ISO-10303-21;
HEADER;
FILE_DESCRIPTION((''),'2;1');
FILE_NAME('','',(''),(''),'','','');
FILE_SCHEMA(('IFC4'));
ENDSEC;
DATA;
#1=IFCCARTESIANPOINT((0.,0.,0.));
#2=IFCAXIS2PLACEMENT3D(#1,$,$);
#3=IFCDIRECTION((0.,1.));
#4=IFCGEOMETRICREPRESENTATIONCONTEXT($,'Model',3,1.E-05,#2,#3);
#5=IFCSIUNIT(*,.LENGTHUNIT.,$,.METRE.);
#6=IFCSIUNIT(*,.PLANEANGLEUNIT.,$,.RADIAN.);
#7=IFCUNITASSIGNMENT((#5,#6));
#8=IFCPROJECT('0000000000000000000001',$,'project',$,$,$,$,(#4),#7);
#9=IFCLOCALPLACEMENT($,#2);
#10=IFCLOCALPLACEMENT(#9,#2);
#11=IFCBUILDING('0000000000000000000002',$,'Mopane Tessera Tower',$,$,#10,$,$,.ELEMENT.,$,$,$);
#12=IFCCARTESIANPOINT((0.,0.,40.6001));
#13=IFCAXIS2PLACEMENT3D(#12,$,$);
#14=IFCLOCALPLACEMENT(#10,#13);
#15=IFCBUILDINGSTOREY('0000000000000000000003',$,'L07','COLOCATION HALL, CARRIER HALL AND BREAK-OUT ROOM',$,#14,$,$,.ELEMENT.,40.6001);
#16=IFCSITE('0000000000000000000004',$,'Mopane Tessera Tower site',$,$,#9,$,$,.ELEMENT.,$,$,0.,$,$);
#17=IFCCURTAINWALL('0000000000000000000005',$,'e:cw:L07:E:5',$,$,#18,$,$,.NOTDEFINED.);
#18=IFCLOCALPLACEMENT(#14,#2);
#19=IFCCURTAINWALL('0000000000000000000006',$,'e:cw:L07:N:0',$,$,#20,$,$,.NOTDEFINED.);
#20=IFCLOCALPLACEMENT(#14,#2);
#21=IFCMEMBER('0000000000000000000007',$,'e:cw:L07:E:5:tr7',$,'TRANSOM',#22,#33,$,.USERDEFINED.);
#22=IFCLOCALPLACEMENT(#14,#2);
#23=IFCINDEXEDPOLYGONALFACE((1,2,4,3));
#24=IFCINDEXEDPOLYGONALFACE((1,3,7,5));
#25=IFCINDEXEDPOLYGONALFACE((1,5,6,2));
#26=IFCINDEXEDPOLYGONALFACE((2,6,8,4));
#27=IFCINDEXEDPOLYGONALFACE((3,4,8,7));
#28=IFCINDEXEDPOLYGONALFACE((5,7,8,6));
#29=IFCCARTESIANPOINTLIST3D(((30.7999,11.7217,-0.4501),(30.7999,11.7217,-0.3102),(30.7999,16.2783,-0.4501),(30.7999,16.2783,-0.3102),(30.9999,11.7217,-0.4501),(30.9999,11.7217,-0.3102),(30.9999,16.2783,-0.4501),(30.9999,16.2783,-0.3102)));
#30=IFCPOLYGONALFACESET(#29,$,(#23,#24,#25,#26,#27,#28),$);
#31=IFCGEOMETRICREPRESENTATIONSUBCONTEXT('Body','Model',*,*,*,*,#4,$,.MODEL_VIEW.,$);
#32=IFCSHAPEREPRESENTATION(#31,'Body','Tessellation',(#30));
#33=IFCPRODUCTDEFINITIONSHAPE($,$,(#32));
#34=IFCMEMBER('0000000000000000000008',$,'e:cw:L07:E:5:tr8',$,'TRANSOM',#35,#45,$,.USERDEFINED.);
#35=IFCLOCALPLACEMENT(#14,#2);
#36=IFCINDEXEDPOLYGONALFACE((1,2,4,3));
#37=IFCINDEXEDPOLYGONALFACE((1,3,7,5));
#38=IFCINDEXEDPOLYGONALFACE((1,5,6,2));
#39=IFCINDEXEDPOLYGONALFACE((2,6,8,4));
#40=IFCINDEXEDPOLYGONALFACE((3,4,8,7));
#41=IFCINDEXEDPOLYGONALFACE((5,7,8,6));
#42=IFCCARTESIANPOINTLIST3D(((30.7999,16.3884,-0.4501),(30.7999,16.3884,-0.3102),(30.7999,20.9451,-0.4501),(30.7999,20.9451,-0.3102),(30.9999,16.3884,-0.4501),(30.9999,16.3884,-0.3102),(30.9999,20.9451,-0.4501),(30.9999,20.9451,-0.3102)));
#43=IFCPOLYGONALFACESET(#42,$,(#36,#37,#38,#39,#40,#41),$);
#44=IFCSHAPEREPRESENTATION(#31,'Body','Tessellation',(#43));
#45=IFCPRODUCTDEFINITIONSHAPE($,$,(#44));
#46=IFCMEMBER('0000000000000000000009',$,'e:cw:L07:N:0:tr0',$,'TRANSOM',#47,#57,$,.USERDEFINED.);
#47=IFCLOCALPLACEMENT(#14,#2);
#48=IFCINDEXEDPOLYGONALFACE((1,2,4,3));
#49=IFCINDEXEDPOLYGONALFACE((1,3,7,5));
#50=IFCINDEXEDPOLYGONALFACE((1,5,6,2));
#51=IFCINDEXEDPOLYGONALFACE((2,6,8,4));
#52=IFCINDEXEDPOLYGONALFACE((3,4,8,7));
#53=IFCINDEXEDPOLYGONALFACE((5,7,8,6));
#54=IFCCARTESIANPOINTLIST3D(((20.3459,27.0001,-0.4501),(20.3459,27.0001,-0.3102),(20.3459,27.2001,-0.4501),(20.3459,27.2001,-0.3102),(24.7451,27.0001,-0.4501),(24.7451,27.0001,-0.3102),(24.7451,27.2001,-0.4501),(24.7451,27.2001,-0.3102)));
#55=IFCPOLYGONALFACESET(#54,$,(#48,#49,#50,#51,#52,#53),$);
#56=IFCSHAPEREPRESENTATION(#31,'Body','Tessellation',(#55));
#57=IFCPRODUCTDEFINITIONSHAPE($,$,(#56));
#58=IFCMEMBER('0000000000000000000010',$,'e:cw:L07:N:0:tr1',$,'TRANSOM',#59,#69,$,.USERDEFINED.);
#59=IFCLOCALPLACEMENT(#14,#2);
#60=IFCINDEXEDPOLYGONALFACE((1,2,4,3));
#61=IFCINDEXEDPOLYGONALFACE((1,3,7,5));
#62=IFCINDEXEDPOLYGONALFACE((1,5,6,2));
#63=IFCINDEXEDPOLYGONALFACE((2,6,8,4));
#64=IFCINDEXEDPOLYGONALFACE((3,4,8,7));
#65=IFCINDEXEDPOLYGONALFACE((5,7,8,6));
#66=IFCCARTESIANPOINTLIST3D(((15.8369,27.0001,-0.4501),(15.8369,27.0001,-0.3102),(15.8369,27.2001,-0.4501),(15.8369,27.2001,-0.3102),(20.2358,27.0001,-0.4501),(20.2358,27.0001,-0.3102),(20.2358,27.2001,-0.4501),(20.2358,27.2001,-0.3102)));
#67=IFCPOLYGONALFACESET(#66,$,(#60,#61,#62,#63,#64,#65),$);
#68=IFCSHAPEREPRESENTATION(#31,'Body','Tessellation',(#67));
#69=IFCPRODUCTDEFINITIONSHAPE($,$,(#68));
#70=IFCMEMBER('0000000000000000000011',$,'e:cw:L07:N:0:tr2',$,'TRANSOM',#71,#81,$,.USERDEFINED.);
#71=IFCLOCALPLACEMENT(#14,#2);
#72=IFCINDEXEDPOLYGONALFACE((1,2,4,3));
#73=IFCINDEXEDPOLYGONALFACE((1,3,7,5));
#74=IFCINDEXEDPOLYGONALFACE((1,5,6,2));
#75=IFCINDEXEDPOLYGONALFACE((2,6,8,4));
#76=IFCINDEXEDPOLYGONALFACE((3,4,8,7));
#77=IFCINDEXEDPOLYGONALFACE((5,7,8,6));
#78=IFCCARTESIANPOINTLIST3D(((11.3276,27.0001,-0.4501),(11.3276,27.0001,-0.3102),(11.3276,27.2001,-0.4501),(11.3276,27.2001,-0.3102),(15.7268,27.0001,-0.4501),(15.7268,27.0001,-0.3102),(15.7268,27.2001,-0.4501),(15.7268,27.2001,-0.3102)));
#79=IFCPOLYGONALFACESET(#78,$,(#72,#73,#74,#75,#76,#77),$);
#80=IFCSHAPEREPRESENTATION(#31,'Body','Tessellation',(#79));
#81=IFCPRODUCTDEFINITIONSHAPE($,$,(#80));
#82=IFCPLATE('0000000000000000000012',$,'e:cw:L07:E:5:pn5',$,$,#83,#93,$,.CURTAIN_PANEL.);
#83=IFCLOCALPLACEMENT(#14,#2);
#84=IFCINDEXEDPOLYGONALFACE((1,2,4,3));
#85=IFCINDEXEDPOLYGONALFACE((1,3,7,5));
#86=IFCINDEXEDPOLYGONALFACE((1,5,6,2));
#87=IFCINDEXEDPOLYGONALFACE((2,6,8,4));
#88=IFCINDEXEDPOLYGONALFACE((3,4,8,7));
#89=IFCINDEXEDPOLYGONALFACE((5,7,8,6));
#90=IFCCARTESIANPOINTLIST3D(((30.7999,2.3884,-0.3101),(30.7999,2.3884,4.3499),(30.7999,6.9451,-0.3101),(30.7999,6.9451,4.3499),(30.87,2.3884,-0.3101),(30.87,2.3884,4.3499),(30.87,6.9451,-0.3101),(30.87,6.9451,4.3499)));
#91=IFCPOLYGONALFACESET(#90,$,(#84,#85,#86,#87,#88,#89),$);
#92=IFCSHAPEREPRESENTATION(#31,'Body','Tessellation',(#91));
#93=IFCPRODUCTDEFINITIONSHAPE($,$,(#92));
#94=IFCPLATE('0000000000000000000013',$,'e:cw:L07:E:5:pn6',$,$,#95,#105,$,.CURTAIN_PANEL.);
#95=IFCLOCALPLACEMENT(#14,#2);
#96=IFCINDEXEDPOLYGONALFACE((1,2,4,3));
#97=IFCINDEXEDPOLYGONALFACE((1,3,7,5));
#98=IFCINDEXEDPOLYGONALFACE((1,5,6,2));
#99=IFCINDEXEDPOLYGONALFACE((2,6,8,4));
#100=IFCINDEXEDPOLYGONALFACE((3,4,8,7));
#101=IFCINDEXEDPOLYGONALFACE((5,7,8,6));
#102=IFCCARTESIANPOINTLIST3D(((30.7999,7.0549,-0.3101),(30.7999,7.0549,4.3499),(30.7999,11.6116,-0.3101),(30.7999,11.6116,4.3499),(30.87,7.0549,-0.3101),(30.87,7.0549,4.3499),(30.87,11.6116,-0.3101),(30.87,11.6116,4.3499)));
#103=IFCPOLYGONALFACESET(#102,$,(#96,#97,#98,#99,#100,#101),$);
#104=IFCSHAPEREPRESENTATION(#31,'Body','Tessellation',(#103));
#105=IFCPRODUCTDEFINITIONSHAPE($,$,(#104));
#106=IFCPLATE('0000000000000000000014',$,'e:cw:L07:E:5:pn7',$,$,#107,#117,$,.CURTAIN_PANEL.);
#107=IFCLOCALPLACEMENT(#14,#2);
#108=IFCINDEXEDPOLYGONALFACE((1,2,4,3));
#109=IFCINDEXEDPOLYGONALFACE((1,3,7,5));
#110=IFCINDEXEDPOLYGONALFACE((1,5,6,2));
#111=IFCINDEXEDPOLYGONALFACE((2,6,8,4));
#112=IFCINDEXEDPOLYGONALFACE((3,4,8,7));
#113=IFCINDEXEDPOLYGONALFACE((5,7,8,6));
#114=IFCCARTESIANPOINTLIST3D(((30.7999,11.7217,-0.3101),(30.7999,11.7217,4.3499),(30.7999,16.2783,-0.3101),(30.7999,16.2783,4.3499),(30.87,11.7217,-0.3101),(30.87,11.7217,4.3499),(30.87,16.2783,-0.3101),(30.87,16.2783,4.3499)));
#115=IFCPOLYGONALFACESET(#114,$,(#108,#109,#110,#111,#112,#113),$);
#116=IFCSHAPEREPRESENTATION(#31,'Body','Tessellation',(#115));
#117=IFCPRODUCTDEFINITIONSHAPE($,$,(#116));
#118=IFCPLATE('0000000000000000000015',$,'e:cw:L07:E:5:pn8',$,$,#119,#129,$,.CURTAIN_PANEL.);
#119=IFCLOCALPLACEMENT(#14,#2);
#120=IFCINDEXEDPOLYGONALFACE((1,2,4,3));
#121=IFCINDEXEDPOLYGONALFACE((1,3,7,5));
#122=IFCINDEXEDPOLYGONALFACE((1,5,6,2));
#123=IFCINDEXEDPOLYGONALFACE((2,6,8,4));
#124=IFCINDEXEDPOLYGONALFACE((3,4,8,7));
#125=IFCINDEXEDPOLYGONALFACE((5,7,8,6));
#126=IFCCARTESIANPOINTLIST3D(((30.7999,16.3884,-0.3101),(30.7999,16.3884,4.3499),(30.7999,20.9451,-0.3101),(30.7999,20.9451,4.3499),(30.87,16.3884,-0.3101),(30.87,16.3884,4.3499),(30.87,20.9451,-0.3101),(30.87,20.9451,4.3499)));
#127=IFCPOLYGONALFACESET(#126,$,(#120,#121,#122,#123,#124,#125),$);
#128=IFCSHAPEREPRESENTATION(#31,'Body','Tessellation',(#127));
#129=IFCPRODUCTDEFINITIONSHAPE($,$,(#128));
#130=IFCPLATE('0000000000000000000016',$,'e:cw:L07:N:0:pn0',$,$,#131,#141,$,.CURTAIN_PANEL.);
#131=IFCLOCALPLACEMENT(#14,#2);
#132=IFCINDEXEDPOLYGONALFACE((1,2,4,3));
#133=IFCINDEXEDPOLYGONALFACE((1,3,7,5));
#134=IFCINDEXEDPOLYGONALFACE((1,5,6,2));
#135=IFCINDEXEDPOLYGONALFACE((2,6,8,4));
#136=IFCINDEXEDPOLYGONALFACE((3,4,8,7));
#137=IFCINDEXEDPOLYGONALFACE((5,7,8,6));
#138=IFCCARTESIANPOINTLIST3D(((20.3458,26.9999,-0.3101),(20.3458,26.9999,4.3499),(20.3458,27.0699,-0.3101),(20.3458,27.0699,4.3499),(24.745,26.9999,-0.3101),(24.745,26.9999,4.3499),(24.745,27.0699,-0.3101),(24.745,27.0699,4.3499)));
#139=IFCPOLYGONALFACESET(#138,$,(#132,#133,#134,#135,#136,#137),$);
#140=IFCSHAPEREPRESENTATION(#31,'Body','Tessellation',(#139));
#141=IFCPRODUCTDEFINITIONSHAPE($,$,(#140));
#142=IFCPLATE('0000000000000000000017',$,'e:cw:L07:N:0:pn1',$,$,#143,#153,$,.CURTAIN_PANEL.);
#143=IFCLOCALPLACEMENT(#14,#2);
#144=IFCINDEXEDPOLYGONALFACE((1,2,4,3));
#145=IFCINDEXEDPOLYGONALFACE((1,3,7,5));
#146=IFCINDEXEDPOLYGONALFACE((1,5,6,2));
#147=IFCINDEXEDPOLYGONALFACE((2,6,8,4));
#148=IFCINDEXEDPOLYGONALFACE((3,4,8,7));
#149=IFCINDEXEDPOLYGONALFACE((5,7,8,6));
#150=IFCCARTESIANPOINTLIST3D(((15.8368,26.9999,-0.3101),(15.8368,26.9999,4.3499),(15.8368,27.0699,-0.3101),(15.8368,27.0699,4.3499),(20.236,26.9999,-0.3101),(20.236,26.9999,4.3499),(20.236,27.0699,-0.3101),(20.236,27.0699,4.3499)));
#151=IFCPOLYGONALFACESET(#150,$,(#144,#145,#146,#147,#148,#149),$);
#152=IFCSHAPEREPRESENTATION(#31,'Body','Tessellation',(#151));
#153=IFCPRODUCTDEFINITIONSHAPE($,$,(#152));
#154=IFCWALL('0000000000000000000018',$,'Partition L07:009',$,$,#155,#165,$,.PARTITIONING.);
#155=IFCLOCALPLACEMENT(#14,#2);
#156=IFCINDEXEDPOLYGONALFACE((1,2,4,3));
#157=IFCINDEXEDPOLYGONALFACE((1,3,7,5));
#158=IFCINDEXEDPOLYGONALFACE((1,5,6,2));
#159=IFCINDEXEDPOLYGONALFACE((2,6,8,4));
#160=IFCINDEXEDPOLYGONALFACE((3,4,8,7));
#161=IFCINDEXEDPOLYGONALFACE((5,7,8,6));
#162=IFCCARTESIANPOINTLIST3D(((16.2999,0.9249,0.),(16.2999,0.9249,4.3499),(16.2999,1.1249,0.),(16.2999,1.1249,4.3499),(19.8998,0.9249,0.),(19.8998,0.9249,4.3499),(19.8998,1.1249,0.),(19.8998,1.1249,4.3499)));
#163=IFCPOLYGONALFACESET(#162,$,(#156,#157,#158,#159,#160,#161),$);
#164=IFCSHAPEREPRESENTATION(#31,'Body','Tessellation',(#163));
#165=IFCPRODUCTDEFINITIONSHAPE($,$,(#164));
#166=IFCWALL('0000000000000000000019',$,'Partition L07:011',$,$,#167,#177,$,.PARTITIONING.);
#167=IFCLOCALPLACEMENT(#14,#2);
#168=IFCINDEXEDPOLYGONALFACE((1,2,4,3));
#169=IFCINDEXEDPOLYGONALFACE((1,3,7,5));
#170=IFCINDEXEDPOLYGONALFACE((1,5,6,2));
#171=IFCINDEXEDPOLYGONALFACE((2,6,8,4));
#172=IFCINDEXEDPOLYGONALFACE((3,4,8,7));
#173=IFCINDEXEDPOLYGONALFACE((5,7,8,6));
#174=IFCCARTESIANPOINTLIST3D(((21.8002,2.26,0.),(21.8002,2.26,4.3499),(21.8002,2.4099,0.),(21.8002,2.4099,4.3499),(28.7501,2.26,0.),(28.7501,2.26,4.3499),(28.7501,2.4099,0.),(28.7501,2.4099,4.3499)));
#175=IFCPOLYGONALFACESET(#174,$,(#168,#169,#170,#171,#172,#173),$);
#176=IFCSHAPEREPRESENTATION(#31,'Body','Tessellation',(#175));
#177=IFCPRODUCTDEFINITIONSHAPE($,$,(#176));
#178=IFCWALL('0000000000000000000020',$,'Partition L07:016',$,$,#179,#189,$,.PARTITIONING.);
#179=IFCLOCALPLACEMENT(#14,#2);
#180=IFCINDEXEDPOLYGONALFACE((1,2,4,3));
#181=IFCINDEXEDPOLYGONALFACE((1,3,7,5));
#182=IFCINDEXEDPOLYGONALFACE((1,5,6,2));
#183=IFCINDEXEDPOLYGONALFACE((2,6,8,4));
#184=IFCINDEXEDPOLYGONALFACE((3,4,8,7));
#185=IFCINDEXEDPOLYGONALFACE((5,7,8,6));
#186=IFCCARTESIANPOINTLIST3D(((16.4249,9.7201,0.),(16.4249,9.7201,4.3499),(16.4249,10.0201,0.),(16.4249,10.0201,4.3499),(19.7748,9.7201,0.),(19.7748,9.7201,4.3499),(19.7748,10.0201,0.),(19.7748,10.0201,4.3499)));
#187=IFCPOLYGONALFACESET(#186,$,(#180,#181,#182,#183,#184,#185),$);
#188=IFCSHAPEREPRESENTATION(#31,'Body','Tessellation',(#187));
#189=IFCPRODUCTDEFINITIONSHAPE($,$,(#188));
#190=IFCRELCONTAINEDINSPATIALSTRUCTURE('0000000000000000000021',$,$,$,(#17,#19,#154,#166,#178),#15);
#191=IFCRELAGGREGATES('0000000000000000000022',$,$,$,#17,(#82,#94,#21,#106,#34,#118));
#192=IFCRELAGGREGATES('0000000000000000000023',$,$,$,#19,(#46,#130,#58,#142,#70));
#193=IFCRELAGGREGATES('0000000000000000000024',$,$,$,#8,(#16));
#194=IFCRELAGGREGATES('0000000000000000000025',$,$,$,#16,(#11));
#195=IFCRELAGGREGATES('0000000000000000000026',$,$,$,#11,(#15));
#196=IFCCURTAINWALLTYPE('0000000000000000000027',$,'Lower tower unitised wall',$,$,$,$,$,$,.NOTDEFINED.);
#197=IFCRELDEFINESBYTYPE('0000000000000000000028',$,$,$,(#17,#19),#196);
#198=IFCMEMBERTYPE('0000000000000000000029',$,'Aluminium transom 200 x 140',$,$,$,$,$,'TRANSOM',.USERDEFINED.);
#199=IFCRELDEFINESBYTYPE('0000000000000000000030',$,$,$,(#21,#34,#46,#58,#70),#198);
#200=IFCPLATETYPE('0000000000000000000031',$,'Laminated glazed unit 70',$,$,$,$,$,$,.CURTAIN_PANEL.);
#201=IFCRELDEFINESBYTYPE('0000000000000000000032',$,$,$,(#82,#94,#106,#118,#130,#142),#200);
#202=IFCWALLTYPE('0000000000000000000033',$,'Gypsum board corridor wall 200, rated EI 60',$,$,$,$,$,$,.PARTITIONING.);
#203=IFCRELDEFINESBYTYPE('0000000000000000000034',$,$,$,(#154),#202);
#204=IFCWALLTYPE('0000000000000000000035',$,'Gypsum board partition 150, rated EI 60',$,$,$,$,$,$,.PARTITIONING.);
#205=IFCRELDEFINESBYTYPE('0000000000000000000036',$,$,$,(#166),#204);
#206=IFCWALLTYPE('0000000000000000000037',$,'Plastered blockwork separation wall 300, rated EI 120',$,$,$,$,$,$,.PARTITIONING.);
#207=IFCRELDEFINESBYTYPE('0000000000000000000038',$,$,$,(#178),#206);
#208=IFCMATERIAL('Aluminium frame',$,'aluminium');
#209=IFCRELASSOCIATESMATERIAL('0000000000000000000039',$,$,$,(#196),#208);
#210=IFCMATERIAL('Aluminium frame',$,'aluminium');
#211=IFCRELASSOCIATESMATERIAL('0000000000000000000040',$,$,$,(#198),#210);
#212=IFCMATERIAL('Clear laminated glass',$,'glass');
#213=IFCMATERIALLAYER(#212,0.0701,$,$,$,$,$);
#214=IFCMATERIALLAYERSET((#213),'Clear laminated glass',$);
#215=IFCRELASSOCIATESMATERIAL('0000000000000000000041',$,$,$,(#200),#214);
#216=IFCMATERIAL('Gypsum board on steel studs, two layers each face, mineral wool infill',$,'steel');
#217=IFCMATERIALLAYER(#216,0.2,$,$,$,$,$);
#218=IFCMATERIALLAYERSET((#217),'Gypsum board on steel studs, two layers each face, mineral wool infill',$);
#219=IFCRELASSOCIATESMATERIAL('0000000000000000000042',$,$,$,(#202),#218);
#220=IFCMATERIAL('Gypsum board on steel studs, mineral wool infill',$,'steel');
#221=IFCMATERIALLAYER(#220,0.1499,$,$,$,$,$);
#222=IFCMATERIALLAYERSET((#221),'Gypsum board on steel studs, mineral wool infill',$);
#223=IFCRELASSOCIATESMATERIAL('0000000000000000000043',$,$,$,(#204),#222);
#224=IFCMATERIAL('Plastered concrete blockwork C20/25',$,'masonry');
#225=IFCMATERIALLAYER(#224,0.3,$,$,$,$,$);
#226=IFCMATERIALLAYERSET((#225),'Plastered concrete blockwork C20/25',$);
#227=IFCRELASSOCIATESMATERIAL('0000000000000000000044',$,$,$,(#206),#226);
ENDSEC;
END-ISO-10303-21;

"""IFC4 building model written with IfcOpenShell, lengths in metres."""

from ifc_helpers import new_model, si_unit, direction, frame, frame_2d, origin, origin_2d, place, context, subcontext, project, spatial, rectangle, extrude, material, layer, layer_set, material_profile, profile_set, type_object, element, aggregate, save


model = new_model("IFC4")

# Units and contexts
model_context = context("Model", 3, precision=1e-05, world=origin(), true_north=direction((0.0, 1.0)))
body_context = subcontext(model_context, "Body", "Model", "MODEL_VIEW")
ifc_project = project(units=[si_unit("LENGTHUNIT", "METRE"), si_unit("PLANEANGLEUNIT", "RADIAN")], contexts=[model_context])

# Site, building, storey
site_placement = place(None, origin())
site = spatial("IfcSite", under=ifc_project, at=site_placement, Name="Mopane Tessera Tower site", CompositionType="ELEMENT", RefElevation=0.0)
building_placement = place(site_placement, origin())
building = spatial("IfcBuilding", under=site, at=building_placement, Name="Mopane Tessera Tower", CompositionType="ELEMENT")
storey_placement = place(building_placement, frame((0.0, 0.0, 40.6001)))
storey = spatial("IfcBuildingStorey", under=building, at=storey_placement, Name="L07", Description="COLOCATION HALL, CARRIER HALL AND BREAK-OUT ROOM", CompositionType="ELEMENT", Elevation=40.6001)

# Curtain walls
ifc_material_1 = material(Name="Aluminium frame", Category="aluminium")
curtain_wall_type = type_object("IfcCurtainWallType", Name="Lower tower unitised wall", PredefinedType="NOTDEFINED", material=ifc_material_1)
curtain_wall_1_placement = place(storey_placement, origin())
curtain_wall_1 = element("IfcCurtainWall", 1, at=curtain_wall_1_placement, inside=storey, type_object=curtain_wall_type, Name="e:cw:L07:E:5", PredefinedType="NOTDEFINED")
curtain_wall_2_placement = place(storey_placement, origin())
curtain_wall_2 = element("IfcCurtainWall", 2, at=curtain_wall_2_placement, inside=storey, type_object=curtain_wall_type, Name="e:cw:L07:N:0", PredefinedType="NOTDEFINED")

# Members
ifc_material_2 = material(Name="Aluminium frame", Category="aluminium")
ifc_material_profile_1 = material_profile(ifc_material_2, rectangle(XDim=0.2, YDim=0.1399, at=origin_2d()))
ifc_profile_set_1 = profile_set([ifc_material_profile_1], Name="Aluminium frame")
member_type_1 = type_object("IfcMemberType", Name="Aluminium transom 200 x 140", ElementType="TRANSOM", PredefinedType="USERDEFINED", material=ifc_profile_set_1)
member_1_placement = place(storey_placement, frame((30.8999, 11.7217, -0.3801), z_axis=(0.0, 1.0, 0.0), x_axis=(-1.0, 0.0, 0.0)))
member_1 = element("IfcMember", 3, at=member_1_placement, type_object=member_type_1, Name="e:cw:L07:E:5:tr7", ObjectType="TRANSOM", PredefinedType="USERDEFINED", context=body_context, shape_type="SweptSolid", body=[
    extrude(rectangle(XDim=0.2, YDim=0.1399, at=origin_2d()), origin(), (0.0, 0.0, 1.0), 4.5566),
])
member_2_placement = place(storey_placement, frame((30.8999, 16.3884, -0.3801), z_axis=(0.0, 1.0, 0.0), x_axis=(-1.0, 0.0, 0.0)))
member_2 = element("IfcMember", 4, at=member_2_placement, type_object=member_type_1, Name="e:cw:L07:E:5:tr8", ObjectType="TRANSOM", PredefinedType="USERDEFINED", context=body_context, shape_type="SweptSolid", body=[
    extrude(rectangle(XDim=0.2, YDim=0.1399, at=origin_2d()), origin(), (0.0, 0.0, 1.0), 4.5566),
])
member_3_placement = place(storey_placement, frame((24.7451, 27.1001, -0.3801), z_axis=(-1.0, 0.0, 0.0), x_axis=(0.0, -1.0, 0.0)))
member_3 = element("IfcMember", 5, at=member_3_placement, type_object=member_type_1, Name="e:cw:L07:N:0:tr0", ObjectType="TRANSOM", PredefinedType="USERDEFINED", context=body_context, shape_type="SweptSolid", body=[
    extrude(rectangle(XDim=0.2, YDim=0.1399, at=origin_2d()), origin(), (0.0, 0.0, 1.0), 4.3992),
])
member_4_placement = place(storey_placement, frame((20.2358, 27.1001, -0.3801), z_axis=(-1.0, 0.0, 0.0), x_axis=(0.0, -1.0, 0.0)))
member_4 = element("IfcMember", 6, at=member_4_placement, type_object=member_type_1, Name="e:cw:L07:N:0:tr1", ObjectType="TRANSOM", PredefinedType="USERDEFINED", context=body_context, shape_type="SweptSolid", body=[
    extrude(rectangle(XDim=0.2, YDim=0.1399, at=origin_2d()), origin(), (0.0, 0.0, 1.0), 4.3989),
])
member_5_placement = place(storey_placement, frame((15.7268, 27.1001, -0.3801), z_axis=(-1.0, 0.0, 0.0), x_axis=(0.0, -1.0, 0.0)))
member_5 = element("IfcMember", 7, at=member_5_placement, type_object=member_type_1, Name="e:cw:L07:N:0:tr2", ObjectType="TRANSOM", PredefinedType="USERDEFINED", context=body_context, shape_type="SweptSolid", body=[
    extrude(rectangle(XDim=0.2, YDim=0.1399, at=origin_2d()), origin(), (0.0, 0.0, 1.0), 4.3992),
])

# Plates
ifc_material_3 = material(Name="Clear laminated glass", Category="glass")
ifc_layer_1 = layer(ifc_material_3, 0.0701)
ifc_layer_set_1 = layer_set([ifc_layer_1], Name="Clear laminated glass")
plate_type = type_object("IfcPlateType", Name="Laminated glazed unit 70", PredefinedType="CURTAIN_PANEL", material=ifc_layer_set_1)
plate_1_placement = place(storey_placement, frame((30.835, 4.6667, -0.3101), z_axis=(0.0, 0.0, 1.0), x_axis=(0.0, 1.0, 0.0)))
plate_1 = element("IfcPlate", 8, at=plate_1_placement, type_object=plate_type, Name="e:cw:L07:E:5:pn5", PredefinedType="CURTAIN_PANEL", context=body_context, shape_type="SweptSolid", body=[
    extrude(rectangle(XDim=4.5566, YDim=0.0701, at=origin_2d()), origin(), (0.0, 0.0, 1.0), 4.6599),
])
plate_2_placement = place(storey_placement, frame((30.835, 9.3333, -0.3101), z_axis=(0.0, 0.0, 1.0), x_axis=(0.0, 1.0, 0.0)))
plate_2 = element("IfcPlate", 9, at=plate_2_placement, type_object=plate_type, Name="e:cw:L07:E:5:pn6", PredefinedType="CURTAIN_PANEL", context=body_context, shape_type="SweptSolid", body=[
    extrude(rectangle(XDim=4.5566, YDim=0.0701, at=origin_2d()), origin(), (0.0, 0.0, 1.0), 4.6599),
])
plate_3_placement = place(storey_placement, frame((30.835, 14.0, -0.3101), z_axis=(0.0, 0.0, 1.0), x_axis=(0.0, 1.0, 0.0)))
plate_3 = element("IfcPlate", 10, at=plate_3_placement, type_object=plate_type, Name="e:cw:L07:E:5:pn7", PredefinedType="CURTAIN_PANEL", context=body_context, shape_type="SweptSolid", body=[
    extrude(rectangle(XDim=4.5566, YDim=0.0701, at=origin_2d()), origin(), (0.0, 0.0, 1.0), 4.6599),
])
plate_4_placement = place(storey_placement, frame((30.835, 18.6667, -0.3101), z_axis=(0.0, 0.0, 1.0), x_axis=(0.0, 1.0, 0.0)))
plate_4 = element("IfcPlate", 11, at=plate_4_placement, type_object=plate_type, Name="e:cw:L07:E:5:pn8", PredefinedType="CURTAIN_PANEL", context=body_context, shape_type="SweptSolid", body=[
    extrude(rectangle(XDim=4.5566, YDim=0.0701, at=origin_2d()), origin(), (0.0, 0.0, 1.0), 4.6599),
])
aggregate(curtain_wall_1, [plate_1, plate_2, member_1, plate_3, member_2, plate_4])
plate_5_placement = place(storey_placement, frame((22.5454, 27.0349, -0.3101), z_axis=(0.0, 0.0, 1.0), x_axis=(-1.0, 0.0, 0.0)))
plate_5 = element("IfcPlate", 12, at=plate_5_placement, type_object=plate_type, Name="e:cw:L07:N:0:pn0", PredefinedType="CURTAIN_PANEL", context=body_context, shape_type="SweptSolid", body=[
    extrude(rectangle(XDim=4.3992, YDim=0.0701, at=origin_2d()), origin(), (0.0, 0.0, 1.0), 4.6599),
])
plate_6_placement = place(storey_placement, frame((18.0364, 27.0349, -0.3101), z_axis=(0.0, 0.0, 1.0), x_axis=(-1.0, 0.0, 0.0)))
plate_6 = element("IfcPlate", 13, at=plate_6_placement, type_object=plate_type, Name="e:cw:L07:N:0:pn1", PredefinedType="CURTAIN_PANEL", context=body_context, shape_type="SweptSolid", body=[
    extrude(rectangle(XDim=4.3992, YDim=0.0701, at=origin_2d()), origin(), (0.0, 0.0, 1.0), 4.6599),
])
aggregate(curtain_wall_2, [member_3, plate_5, member_4, plate_6, member_5])

# Walls
ifc_material_4 = material(Name="Gypsum board on steel studs, two layers each face, mineral wool infill", Category="steel")
ifc_layer_2 = layer(ifc_material_4, 0.2)
ifc_layer_set_2 = layer_set([ifc_layer_2], Name="Gypsum board on steel studs, two layers each face, mineral wool infill")
wall_type_1 = type_object("IfcWallType", Name="Gypsum board corridor wall 200, rated EI 60", PredefinedType="PARTITIONING", material=ifc_layer_set_2)
wall_1_placement = place(storey_placement, frame((16.3, 1.0249, 0.0), z_axis=(0.0, 0.0, 1.0), x_axis=(1.0, 0.0, 0.0)))
element("IfcWall", 14, at=wall_1_placement, inside=storey, type_object=wall_type_1, Name="Partition L07:009", PredefinedType="PARTITIONING", context=body_context, shape_type="SweptSolid", body=[
    extrude(rectangle(XDim=3.5999, YDim=0.2, at=frame_2d((1.7998, 0.0))), origin(), (0.0, 0.0, 1.0), 4.3499),
])
ifc_material_5 = material(Name="Gypsum board on steel studs, mineral wool infill", Category="steel")
ifc_layer_3 = layer(ifc_material_5, 0.1499)
ifc_layer_set_3 = layer_set([ifc_layer_3], Name="Gypsum board on steel studs, mineral wool infill")
wall_type_2 = type_object("IfcWallType", Name="Gypsum board partition 150, rated EI 60", PredefinedType="PARTITIONING", material=ifc_layer_set_3)
wall_2_placement = place(storey_placement, frame((21.8, 2.335, 0.0), z_axis=(0.0, 0.0, 1.0), x_axis=(1.0, 0.0, 0.0)))
element("IfcWall", 15, at=wall_2_placement, inside=storey, type_object=wall_type_2, Name="Partition L07:011", PredefinedType="PARTITIONING", context=body_context, shape_type="SweptSolid", body=[
    extrude(rectangle(XDim=6.95, YDim=0.1499, at=frame_2d((3.4751, 0.0))), origin(), (0.0, 0.0, 1.0), 4.3499),
])
ifc_material_6 = material(Name="Plastered concrete blockwork C20/25", Category="masonry")
ifc_layer_4 = layer(ifc_material_6, 0.3)
ifc_layer_set_4 = layer_set([ifc_layer_4], Name="Plastered concrete blockwork C20/25")
wall_type_3 = type_object("IfcWallType", Name="Plastered blockwork separation wall 300, rated EI 120", PredefinedType="PARTITIONING", material=ifc_layer_set_4)
wall_3_placement = place(storey_placement, frame((16.425, 9.8701, 0.0), z_axis=(0.0, 0.0, 1.0), x_axis=(1.0, 0.0, 0.0)))
element("IfcWall", 16, at=wall_3_placement, inside=storey, type_object=wall_type_3, Name="Partition L07:016", PredefinedType="PARTITIONING", context=body_context, shape_type="SweptSolid", body=[
    extrude(rectangle(XDim=3.3499, YDim=0.3, at=frame_2d((1.6748, 0.0))), origin(), (0.0, 0.0, 1.0), 4.3499),
])

save(model, "model.ifc")
